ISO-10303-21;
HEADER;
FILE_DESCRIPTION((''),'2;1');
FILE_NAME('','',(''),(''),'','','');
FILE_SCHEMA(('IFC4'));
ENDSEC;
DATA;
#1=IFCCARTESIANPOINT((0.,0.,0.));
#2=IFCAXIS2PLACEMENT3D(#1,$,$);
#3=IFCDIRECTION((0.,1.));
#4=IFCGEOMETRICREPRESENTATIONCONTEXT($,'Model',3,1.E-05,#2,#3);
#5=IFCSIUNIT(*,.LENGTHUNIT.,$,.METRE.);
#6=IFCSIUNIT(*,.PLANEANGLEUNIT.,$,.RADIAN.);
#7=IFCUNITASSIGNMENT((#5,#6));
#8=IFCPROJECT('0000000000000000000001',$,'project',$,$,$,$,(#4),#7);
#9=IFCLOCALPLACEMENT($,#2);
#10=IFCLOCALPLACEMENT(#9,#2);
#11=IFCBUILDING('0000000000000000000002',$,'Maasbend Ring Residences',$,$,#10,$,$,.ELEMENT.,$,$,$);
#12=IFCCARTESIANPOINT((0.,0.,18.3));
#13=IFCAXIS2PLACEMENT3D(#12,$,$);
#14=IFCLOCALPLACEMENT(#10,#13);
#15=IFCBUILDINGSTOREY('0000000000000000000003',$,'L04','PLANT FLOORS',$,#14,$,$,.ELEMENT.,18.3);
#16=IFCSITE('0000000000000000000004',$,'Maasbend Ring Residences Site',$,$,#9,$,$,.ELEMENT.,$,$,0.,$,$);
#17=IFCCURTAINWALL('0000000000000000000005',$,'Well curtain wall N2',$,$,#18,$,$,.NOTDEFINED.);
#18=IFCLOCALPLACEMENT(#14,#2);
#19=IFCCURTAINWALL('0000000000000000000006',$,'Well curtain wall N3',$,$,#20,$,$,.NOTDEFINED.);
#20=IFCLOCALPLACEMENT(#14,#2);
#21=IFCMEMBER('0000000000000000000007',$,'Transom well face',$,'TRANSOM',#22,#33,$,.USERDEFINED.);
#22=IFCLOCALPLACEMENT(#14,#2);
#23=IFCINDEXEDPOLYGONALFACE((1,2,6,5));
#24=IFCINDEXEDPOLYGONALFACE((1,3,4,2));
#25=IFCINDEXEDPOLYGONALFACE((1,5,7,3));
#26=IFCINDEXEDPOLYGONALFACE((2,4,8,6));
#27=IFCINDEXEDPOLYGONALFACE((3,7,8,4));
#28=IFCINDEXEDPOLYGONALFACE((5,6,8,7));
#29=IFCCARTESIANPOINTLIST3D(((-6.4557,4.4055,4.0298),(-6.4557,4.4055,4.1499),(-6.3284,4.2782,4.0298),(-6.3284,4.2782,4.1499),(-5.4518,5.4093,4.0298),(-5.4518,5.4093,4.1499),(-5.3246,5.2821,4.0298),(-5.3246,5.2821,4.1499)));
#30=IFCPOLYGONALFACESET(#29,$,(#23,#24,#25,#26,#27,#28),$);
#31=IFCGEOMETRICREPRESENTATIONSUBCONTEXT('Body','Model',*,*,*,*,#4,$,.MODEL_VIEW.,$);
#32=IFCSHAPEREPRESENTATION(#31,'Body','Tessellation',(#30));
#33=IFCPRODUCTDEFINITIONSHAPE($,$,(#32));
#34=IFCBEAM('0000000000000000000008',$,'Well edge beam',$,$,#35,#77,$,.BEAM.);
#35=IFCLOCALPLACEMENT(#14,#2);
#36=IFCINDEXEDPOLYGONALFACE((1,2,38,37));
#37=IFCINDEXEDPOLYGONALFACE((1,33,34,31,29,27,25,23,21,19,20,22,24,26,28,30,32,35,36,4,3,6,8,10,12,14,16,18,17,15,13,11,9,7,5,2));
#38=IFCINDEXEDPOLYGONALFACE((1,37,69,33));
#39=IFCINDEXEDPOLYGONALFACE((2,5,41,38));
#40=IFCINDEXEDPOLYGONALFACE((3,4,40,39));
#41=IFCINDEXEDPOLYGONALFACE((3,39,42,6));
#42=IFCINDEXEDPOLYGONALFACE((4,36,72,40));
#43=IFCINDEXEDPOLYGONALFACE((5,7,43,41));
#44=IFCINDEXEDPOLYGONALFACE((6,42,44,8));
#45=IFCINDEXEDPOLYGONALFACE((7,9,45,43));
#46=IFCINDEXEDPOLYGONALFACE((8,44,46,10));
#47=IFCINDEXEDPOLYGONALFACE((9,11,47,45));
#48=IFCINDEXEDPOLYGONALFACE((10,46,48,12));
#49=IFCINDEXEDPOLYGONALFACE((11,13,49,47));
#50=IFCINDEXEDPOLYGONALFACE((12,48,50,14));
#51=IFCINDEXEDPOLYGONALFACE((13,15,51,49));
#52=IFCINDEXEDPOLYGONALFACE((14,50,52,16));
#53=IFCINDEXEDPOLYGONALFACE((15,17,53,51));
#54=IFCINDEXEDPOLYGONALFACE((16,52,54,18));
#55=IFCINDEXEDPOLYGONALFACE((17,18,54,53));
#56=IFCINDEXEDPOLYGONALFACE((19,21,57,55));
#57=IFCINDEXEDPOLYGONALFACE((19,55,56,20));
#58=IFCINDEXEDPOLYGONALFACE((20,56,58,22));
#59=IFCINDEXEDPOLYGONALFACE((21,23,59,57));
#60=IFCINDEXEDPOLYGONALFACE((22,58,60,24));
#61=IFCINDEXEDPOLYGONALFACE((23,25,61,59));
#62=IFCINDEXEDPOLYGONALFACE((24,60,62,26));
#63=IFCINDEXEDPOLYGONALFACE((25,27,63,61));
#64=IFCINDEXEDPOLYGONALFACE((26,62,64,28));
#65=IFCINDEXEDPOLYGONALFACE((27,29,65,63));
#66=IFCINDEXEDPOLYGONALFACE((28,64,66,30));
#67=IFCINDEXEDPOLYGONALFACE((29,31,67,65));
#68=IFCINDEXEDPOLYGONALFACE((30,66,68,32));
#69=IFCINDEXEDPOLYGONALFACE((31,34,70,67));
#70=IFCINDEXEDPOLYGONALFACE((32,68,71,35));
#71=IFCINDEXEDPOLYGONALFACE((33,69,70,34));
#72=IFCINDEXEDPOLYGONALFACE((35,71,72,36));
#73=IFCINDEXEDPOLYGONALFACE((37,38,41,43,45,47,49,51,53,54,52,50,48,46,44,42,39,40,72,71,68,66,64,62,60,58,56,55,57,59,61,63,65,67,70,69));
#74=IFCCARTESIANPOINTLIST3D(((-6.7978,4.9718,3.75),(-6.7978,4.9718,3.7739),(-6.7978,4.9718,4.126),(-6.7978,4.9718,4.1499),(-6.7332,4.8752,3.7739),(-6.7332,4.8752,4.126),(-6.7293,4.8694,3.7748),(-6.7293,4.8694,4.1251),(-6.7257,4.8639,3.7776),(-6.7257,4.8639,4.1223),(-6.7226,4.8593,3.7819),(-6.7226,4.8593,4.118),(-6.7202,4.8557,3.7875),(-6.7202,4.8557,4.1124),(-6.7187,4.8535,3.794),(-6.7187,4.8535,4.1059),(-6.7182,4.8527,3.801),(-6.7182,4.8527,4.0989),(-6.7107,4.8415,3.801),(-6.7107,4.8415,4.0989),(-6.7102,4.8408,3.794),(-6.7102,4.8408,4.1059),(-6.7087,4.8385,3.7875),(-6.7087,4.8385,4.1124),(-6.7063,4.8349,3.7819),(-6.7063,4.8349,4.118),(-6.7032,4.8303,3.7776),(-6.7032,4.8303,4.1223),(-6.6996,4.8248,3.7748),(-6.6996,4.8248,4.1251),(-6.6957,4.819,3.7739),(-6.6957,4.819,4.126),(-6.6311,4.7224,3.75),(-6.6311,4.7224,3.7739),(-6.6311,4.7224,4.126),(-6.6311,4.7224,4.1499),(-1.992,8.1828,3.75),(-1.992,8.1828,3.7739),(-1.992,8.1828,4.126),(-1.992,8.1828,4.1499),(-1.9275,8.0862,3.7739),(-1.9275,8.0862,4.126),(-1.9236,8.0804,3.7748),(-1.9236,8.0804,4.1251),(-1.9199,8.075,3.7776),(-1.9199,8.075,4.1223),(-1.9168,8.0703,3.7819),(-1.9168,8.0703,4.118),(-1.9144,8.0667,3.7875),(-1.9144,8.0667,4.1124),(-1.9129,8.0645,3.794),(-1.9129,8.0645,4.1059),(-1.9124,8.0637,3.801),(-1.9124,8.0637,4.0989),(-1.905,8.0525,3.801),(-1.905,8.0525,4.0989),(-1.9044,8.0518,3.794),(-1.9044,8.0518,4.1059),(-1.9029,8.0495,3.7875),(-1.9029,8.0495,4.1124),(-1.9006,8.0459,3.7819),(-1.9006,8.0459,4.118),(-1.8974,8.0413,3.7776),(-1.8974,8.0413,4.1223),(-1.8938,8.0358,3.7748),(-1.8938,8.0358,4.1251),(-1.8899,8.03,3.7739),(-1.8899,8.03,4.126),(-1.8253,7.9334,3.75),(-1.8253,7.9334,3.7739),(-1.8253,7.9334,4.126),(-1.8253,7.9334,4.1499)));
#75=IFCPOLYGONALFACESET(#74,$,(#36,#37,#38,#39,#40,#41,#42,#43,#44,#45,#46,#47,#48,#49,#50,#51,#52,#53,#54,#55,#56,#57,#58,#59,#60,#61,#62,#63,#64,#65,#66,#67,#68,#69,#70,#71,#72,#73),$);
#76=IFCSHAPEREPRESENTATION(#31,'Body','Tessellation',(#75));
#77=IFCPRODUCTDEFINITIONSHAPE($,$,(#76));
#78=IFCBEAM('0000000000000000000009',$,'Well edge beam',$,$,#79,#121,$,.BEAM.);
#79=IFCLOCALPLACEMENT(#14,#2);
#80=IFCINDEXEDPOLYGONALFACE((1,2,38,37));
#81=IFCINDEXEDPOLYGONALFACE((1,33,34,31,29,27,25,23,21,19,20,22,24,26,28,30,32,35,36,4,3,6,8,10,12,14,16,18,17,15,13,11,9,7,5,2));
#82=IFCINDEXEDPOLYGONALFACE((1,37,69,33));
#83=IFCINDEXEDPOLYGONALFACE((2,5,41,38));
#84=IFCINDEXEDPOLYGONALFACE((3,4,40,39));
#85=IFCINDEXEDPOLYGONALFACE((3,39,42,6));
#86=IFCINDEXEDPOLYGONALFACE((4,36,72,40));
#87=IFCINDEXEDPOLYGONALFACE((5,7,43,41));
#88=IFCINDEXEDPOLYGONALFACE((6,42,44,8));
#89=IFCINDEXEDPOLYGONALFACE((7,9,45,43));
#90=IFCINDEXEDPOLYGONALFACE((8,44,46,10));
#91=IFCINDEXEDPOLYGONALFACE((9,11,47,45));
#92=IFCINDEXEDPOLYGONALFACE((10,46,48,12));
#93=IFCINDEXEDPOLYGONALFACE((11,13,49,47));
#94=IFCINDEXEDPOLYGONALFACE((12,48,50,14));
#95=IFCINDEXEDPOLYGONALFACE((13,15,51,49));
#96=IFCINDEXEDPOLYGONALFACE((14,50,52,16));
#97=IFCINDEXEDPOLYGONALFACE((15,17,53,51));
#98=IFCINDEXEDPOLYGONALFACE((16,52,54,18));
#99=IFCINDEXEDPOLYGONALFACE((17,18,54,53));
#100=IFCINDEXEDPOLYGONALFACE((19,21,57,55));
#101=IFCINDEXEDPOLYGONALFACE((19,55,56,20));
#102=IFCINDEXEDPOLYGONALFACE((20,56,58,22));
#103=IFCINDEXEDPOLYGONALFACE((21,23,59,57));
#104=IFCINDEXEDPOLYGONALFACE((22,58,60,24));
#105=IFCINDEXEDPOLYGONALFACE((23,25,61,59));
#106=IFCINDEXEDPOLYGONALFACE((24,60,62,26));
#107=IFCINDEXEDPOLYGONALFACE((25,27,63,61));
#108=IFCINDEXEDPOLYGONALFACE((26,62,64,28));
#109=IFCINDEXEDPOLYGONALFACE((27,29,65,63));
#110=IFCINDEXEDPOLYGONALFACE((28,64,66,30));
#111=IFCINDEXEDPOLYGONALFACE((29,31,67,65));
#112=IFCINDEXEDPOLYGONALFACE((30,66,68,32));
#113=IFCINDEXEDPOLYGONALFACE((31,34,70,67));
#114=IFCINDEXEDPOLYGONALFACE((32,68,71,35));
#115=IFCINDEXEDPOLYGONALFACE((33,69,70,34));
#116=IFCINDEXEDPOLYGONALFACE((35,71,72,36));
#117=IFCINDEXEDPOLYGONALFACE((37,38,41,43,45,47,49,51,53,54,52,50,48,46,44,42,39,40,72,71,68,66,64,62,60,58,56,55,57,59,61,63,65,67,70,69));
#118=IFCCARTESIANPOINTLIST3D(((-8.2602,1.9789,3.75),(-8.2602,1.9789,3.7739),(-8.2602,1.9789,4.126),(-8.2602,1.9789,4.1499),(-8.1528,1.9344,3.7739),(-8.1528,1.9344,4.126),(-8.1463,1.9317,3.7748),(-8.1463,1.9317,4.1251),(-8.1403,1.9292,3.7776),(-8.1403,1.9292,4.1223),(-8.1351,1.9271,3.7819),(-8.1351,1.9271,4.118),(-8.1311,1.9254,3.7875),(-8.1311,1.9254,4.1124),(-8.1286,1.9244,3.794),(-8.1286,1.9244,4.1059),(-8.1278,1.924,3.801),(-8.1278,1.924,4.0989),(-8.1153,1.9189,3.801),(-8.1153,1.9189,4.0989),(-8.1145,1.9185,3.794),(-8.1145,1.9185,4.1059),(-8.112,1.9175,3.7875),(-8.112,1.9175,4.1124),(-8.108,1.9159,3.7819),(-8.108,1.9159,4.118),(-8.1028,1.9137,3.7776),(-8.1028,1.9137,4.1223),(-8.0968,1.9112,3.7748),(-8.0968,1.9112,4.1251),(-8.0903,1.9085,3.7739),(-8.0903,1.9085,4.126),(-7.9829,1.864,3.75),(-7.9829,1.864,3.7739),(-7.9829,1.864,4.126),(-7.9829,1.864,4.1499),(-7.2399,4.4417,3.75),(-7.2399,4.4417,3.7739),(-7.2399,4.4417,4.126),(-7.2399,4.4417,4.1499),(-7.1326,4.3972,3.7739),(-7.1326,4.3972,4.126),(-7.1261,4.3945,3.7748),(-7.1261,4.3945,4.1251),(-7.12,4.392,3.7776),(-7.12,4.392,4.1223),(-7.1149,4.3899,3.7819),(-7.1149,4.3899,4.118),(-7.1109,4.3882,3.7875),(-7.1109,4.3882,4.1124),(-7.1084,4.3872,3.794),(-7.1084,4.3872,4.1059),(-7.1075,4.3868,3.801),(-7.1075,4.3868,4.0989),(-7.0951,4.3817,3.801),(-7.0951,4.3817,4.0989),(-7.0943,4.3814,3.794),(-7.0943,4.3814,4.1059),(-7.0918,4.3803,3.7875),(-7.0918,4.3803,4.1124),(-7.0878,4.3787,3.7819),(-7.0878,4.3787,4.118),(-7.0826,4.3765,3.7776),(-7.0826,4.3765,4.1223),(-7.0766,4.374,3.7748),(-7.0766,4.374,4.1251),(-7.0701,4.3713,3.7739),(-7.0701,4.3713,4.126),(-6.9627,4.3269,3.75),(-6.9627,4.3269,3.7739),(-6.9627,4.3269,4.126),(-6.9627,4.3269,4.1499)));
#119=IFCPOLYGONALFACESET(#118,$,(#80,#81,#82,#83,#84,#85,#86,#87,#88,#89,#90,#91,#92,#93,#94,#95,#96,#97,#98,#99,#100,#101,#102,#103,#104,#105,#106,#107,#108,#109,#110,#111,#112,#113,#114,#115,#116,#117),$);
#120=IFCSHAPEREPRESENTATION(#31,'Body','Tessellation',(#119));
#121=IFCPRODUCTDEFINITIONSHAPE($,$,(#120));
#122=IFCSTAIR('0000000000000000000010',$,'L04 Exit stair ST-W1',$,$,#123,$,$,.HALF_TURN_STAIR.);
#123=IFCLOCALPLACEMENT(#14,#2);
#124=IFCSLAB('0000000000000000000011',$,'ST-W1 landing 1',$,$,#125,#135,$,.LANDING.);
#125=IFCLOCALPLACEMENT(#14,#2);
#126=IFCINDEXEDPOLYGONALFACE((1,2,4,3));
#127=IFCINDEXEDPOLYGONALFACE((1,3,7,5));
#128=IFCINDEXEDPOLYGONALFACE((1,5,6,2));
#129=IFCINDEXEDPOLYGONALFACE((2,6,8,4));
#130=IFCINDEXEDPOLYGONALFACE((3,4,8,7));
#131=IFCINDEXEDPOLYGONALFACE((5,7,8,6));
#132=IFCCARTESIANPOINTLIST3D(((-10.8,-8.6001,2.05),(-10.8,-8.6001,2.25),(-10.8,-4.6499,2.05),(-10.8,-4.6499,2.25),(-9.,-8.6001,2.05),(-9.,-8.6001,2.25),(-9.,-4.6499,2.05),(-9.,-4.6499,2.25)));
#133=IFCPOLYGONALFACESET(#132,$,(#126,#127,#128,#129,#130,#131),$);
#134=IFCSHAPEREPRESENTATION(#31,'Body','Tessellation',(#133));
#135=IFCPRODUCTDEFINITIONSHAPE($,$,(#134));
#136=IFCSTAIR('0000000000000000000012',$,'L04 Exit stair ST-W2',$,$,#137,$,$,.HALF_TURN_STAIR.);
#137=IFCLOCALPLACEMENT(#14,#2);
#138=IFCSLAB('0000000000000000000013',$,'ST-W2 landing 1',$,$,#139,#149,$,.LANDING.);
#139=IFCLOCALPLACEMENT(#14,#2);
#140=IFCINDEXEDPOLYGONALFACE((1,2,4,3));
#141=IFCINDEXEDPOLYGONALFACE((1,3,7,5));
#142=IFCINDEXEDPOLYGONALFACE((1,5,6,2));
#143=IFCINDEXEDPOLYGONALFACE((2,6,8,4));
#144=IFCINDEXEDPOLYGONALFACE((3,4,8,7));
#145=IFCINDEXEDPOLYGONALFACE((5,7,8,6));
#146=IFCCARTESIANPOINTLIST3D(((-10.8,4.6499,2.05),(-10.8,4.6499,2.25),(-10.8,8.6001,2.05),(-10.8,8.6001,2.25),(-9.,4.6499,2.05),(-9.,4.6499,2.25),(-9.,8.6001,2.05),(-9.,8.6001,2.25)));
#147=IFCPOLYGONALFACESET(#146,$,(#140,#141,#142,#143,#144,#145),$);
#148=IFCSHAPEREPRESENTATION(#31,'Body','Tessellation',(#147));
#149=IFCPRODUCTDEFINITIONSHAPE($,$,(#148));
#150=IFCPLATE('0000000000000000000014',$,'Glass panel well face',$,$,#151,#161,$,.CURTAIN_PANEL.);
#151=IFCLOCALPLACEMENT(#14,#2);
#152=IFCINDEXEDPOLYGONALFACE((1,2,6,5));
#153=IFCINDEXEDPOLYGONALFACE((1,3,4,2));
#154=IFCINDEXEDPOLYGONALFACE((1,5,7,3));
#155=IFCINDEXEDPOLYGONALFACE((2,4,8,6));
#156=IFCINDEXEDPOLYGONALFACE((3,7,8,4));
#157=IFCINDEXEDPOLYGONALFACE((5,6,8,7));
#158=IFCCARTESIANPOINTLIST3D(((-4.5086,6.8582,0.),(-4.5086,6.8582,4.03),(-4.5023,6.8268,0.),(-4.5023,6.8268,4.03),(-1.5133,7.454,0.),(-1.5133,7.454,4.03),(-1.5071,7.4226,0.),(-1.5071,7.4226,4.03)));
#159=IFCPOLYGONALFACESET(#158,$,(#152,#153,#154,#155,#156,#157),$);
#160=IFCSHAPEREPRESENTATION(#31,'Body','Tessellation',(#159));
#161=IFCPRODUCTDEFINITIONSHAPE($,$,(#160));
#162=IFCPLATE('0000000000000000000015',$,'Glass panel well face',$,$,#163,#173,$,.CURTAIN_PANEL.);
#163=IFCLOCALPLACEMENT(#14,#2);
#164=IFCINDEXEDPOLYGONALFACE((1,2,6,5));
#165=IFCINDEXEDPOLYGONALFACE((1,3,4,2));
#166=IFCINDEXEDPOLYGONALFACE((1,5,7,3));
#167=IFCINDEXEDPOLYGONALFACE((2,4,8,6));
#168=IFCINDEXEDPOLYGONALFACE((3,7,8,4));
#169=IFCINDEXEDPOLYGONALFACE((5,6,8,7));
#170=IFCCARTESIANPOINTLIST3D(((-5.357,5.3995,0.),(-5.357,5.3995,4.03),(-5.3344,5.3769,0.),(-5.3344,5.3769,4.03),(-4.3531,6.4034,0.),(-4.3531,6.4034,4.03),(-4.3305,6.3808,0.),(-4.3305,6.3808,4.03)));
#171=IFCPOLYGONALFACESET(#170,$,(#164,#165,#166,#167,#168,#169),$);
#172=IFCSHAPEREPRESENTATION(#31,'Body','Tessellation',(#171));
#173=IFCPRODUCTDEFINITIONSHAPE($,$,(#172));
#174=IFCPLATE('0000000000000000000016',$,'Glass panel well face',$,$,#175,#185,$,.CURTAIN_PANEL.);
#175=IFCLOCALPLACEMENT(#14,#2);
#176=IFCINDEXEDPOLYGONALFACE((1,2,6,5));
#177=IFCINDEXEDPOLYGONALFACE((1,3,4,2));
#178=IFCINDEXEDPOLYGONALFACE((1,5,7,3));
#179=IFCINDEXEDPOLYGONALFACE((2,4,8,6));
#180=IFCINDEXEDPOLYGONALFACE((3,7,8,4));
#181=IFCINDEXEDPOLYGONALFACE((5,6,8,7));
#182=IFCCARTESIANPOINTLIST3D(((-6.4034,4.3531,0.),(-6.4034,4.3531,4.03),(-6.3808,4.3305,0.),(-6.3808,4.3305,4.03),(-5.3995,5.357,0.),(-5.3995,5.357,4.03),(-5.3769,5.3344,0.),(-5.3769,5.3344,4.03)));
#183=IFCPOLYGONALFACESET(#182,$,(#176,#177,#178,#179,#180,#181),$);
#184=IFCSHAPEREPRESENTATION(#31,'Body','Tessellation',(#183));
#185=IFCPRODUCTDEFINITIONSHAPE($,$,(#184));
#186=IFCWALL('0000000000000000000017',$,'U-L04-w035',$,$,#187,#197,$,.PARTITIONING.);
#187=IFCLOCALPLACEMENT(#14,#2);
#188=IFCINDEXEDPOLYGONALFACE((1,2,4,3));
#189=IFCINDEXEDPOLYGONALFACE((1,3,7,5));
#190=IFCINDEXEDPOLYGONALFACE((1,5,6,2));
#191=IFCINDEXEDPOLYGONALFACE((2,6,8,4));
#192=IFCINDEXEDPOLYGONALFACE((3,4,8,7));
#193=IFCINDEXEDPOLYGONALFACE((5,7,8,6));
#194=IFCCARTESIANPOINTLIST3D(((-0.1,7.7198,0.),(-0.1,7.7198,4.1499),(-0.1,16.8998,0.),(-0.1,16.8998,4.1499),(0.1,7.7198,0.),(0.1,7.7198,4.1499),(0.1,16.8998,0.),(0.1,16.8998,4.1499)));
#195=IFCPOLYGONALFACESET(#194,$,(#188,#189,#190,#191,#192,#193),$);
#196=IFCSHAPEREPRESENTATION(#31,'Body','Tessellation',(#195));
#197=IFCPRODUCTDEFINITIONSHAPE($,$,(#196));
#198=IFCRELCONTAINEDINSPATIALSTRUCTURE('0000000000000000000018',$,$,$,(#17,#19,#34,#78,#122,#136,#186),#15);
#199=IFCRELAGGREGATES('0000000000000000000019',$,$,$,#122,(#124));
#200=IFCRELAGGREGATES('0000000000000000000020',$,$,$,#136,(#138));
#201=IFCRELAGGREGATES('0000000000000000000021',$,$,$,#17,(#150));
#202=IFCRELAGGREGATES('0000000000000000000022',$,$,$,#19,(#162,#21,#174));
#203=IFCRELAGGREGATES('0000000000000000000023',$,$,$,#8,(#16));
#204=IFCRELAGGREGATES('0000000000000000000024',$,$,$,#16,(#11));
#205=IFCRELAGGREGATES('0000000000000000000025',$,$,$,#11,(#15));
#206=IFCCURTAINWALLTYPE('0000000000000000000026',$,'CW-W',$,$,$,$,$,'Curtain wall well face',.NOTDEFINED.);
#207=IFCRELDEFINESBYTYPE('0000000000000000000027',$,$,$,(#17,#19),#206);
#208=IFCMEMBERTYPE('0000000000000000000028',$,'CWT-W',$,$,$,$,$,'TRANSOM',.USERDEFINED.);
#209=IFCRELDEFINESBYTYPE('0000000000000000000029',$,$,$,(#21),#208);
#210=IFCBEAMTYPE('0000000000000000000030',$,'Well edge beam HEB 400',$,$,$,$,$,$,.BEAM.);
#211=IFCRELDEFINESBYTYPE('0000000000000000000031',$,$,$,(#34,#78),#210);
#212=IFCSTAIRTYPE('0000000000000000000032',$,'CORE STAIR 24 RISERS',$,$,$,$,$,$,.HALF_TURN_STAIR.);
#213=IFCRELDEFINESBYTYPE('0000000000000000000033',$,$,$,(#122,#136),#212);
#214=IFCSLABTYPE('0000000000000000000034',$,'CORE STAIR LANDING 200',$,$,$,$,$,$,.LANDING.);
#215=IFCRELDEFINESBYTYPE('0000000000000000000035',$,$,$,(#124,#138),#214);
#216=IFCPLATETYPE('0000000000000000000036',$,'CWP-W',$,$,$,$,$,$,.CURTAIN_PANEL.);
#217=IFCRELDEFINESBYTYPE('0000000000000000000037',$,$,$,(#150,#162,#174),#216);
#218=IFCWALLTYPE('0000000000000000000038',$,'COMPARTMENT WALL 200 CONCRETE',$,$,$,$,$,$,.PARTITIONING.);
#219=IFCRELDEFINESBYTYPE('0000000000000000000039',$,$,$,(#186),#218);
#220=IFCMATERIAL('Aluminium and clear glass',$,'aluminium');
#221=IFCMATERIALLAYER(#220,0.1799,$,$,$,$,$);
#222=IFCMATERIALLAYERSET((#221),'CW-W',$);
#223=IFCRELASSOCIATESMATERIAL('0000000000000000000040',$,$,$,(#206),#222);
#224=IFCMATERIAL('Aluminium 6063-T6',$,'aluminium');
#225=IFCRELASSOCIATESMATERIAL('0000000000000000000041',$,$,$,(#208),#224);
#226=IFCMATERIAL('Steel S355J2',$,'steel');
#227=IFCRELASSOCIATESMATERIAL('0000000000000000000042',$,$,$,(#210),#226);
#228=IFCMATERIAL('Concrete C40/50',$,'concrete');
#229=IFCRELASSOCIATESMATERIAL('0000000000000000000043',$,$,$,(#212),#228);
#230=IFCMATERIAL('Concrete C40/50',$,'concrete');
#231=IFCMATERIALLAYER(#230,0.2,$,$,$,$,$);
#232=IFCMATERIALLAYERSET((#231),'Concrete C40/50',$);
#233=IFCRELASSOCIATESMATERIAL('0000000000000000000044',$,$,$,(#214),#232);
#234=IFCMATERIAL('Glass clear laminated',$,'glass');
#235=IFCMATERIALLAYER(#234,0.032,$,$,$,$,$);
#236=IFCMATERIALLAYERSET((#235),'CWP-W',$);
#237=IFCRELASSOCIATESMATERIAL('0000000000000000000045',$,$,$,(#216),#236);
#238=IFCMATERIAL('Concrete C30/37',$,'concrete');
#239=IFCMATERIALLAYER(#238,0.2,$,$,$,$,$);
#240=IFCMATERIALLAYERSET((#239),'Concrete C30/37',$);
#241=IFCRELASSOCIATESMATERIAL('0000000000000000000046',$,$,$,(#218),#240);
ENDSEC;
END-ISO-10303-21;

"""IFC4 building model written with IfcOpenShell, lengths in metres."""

from ifc_helpers import new_model, si_unit, direction, frame, frame_2d, origin, origin_2d, place, context, subcontext, project, spatial, polyline, rectangle, i_section, outline, extrude, material, layer, layer_set, material_profile, profile_set, type_object, element, aggregate, save


model = new_model("IFC4")

# Units and contexts
model_context = context("Model", 3, precision=1e-05, world=origin(), true_north=direction((0.0, 1.0)))
body_context = subcontext(model_context, "Body", "Model", "MODEL_VIEW")
ifc_project = project(units=[si_unit("LENGTHUNIT", "METRE"), si_unit("PLANEANGLEUNIT", "RADIAN")], contexts=[model_context])

# Site, building, storey
site_placement = place(None, origin())
site = spatial("IfcSite", under=ifc_project, at=site_placement, Name="Maasbend Ring Residences Site", CompositionType="ELEMENT", RefElevation=0.0)
building_placement = place(site_placement, origin())
building = spatial("IfcBuilding", under=site, at=building_placement, Name="Maasbend Ring Residences", CompositionType="ELEMENT")
storey_placement = place(building_placement, frame((0.0, 0.0, 18.3)))
storey = spatial("IfcBuildingStorey", under=building, at=storey_placement, Name="L04", Description="PLANT FLOORS", CompositionType="ELEMENT", Elevation=18.3)

# Curtain walls
ifc_material_1 = material(Name="Aluminium and clear glass", Category="aluminium")
ifc_layer_1 = layer(ifc_material_1, 0.1799)
ifc_layer_set_1 = layer_set([ifc_layer_1], Name="CW-W")
curtain_wall_type = type_object("IfcCurtainWallType", Name="CW-W", ElementType="Curtain wall well face", PredefinedType="NOTDEFINED", material=ifc_layer_set_1)
curtain_wall_1_placement = place(storey_placement, origin())
curtain_wall_1 = element("IfcCurtainWall", 1, at=curtain_wall_1_placement, inside=storey, type_object=curtain_wall_type, Name="Well curtain wall N2", PredefinedType="NOTDEFINED")
curtain_wall_2_placement = place(storey_placement, origin())
curtain_wall_2 = element("IfcCurtainWall", 2, at=curtain_wall_2_placement, inside=storey, type_object=curtain_wall_type, Name="Well curtain wall N3", PredefinedType="NOTDEFINED")

# Member
ifc_material_2 = material(Name="Aluminium 6063-T6", Category="aluminium")
ifc_material_profile_1 = material_profile(ifc_material_2, rectangle(XDim=0.1799, YDim=0.1201, at=origin_2d()), Name="AL 180x120")
ifc_profile_set_1 = profile_set([ifc_material_profile_1], Name="Aluminium 6063-T6")
member_type_1 = type_object("IfcMemberType", Name="CWT-W", ElementType="TRANSOM", PredefinedType="USERDEFINED", material=ifc_profile_set_1)
member_1_placement = place(storey_placement, frame((-5.3882, 5.3457, 4.0898), z_axis=(-0.707107, -0.707107, 0.0), x_axis=(0.707107, -0.707107, 0.0)))
member_1 = element("IfcMember", 3, at=member_1_placement, type_object=member_type_1, Name="Transom well face", ObjectType="TRANSOM", PredefinedType="USERDEFINED", context=body_context, shape_type="SweptSolid", body=[
    extrude(rectangle(XDim=0.1799, YDim=0.1201, at=origin_2d()), origin(), (0.0, 0.0, 1.0), 1.4197),
])

# Beams
ifc_material_3 = material(Name="Steel S355J2", Category="steel")
ifc_material_profile_2 = material_profile(ifc_material_3, i_section(OverallWidth=0.3, OverallDepth=0.3999, WebThickness=0.0134, FlangeThickness=0.0239, FilletRadius=0.0271, at=origin_2d()), Name="HEB 400")
ifc_profile_set_2 = profile_set([ifc_material_profile_2], Name="Steel S355J2")
beam_type = type_object("IfcBeamType", Name="Well edge beam HEB 400", PredefinedType="BEAM", material=ifc_profile_set_2)
beam_1_placement = place(storey_placement, frame((-1.9087, 8.0581, 3.95), z_axis=(-0.831478, -0.555558, 0.0), x_axis=(0.555558, -0.831478, 0.0)))
element("IfcBeam", 4, at=beam_1_placement, inside=storey, type_object=beam_type, Name="Well edge beam", PredefinedType="BEAM", context=body_context, shape_type="SweptSolid", body=[
    extrude(i_section(OverallWidth=0.3, OverallDepth=0.3999, WebThickness=0.0134, FlangeThickness=0.0239, FilletRadius=0.0271, at=origin_2d()), origin(), (0.0, 0.0, 1.0), 5.7798),
])
beam_2_placement = place(storey_placement, frame((-7.1013, 4.3843, 3.95), z_axis=(-0.382716, -0.923866, 0.0), x_axis=(0.923866, -0.382716, 0.0)))
element("IfcBeam", 5, at=beam_2_placement, inside=storey, type_object=beam_type, Name="Well edge beam", PredefinedType="BEAM", context=body_context, shape_type="SweptSolid", body=[
    extrude(i_section(OverallWidth=0.3, OverallDepth=0.3999, WebThickness=0.0134, FlangeThickness=0.0239, FilletRadius=0.0271, at=origin_2d()), origin(), (0.0, 0.0, 1.0), 2.6658),
])

# Stairs, slabs
ifc_material_4 = material(Name="Concrete C40/50", Category="concrete")
stair_type = type_object("IfcStairType", Name="CORE STAIR 24 RISERS", PredefinedType="HALF_TURN_STAIR", material=ifc_material_4)
stair_1_placement = place(storey_placement, origin())
stair_1 = element("IfcStair", 6, at=stair_1_placement, inside=storey, type_object=stair_type, Name="L04 Exit stair ST-W1", PredefinedType="HALF_TURN_STAIR")
ifc_material_5 = material(Name="Concrete C40/50", Category="concrete")
ifc_layer_2 = layer(ifc_material_5, 0.2)
ifc_layer_set_2 = layer_set([ifc_layer_2], Name="Concrete C40/50")
slab_type = type_object("IfcSlabType", Name="CORE STAIR LANDING 200", PredefinedType="LANDING", material=ifc_layer_set_2)
slab_1_placement = place(storey_placement, frame((0.0, 0.0, 2.05)))
slab_1 = element("IfcSlab", 7, at=slab_1_placement, type_object=slab_type, Name="ST-W1 landing 1", PredefinedType="LANDING", context=body_context, shape_type="SweptSolid", body=[
    extrude(outline(polyline([(-10.8, -8.6001), (-9.0, -8.6001), (-9.0, -4.6499), (-10.8, -4.6499), (-10.8, -8.6001)])), origin(), (0.0, 0.0, 1.0), 0.2),
])
aggregate(stair_1, [slab_1])
stair_2_placement = place(storey_placement, origin())
stair_2 = element("IfcStair", 8, at=stair_2_placement, inside=storey, type_object=stair_type, Name="L04 Exit stair ST-W2", PredefinedType="HALF_TURN_STAIR")
slab_2_placement = place(storey_placement, frame((0.0, 0.0, 2.05)))
slab_2 = element("IfcSlab", 9, at=slab_2_placement, type_object=slab_type, Name="ST-W2 landing 1", PredefinedType="LANDING", context=body_context, shape_type="SweptSolid", body=[
    extrude(outline(polyline([(-10.8, 4.6499), (-9.0, 4.6499), (-9.0, 8.6001), (-10.8, 8.6001), (-10.8, 4.6499)])), origin(), (0.0, 0.0, 1.0), 0.2),
])
aggregate(stair_2, [slab_2])

# Plates
ifc_material_6 = material(Name="Glass clear laminated", Category="glass")
ifc_layer_3 = layer(ifc_material_6, 0.032)
ifc_layer_set_3 = layer_set([ifc_layer_3], Name="CWP-W")
plate_type = type_object("IfcPlateType", Name="CWP-W", PredefinedType="CURTAIN_PANEL", material=ifc_layer_set_3)
plate_1_placement = place(storey_placement, frame((-3.0078, 7.1404, 0.0), z_axis=(0.0, 0.0, 1.0), x_axis=(-0.980785, -0.19509, 0.0)))
plate_1 = element("IfcPlate", 10, at=plate_1_placement, type_object=plate_type, Name="Glass panel well face", PredefinedType="CURTAIN_PANEL", context=body_context, shape_type="SweptSolid", body=[
    extrude(rectangle(XDim=3.054, YDim=0.032, at=origin_2d()), origin(), (0.0, 0.0, 1.0), 4.03),
])
aggregate(curtain_wall_1, [plate_1])
plate_2_placement = place(storey_placement, frame((-4.8438, 5.8901, 0.0), z_axis=(0.0, 0.0, 1.0), x_axis=(-0.707107, -0.707107, 0.0)))
plate_2 = element("IfcPlate", 11, at=plate_2_placement, type_object=plate_type, Name="Glass panel well face", PredefinedType="CURTAIN_PANEL", context=body_context, shape_type="SweptSolid", body=[
    extrude(rectangle(XDim=1.4197, YDim=0.032, at=origin_2d()), origin(), (0.0, 0.0, 1.0), 4.03),
])
plate_3_placement = place(storey_placement, frame((-5.8901, 4.8438, 0.0), z_axis=(0.0, 0.0, 1.0), x_axis=(-0.707107, -0.707107, 0.0)))
plate_3 = element("IfcPlate", 12, at=plate_3_placement, type_object=plate_type, Name="Glass panel well face", PredefinedType="CURTAIN_PANEL", context=body_context, shape_type="SweptSolid", body=[
    extrude(rectangle(XDim=1.4197, YDim=0.032, at=origin_2d()), origin(), (0.0, 0.0, 1.0), 4.03),
])
aggregate(curtain_wall_2, [plate_2, member_1, plate_3])

# Wall
ifc_material_7 = material(Name="Concrete C30/37", Category="concrete")
ifc_layer_4 = layer(ifc_material_7, 0.2)
ifc_layer_set_4 = layer_set([ifc_layer_4], Name="Concrete C30/37")
wall_type_1 = type_object("IfcWallType", Name="COMPARTMENT WALL 200 CONCRETE", PredefinedType="PARTITIONING", material=ifc_layer_set_4)
wall_1_placement = place(storey_placement, frame((0.0, 7.72, 0.0), z_axis=(0.0, 0.0, 1.0), x_axis=(0.0, 1.0, 0.0)))
element("IfcWall", 13, at=wall_1_placement, inside=storey, type_object=wall_type_1, Name="U-L04-w035", PredefinedType="PARTITIONING", context=body_context, shape_type="SweptSolid", body=[
    extrude(rectangle(XDim=9.1799, YDim=0.2, at=frame_2d((4.5898, 0.0))), origin(), (0.0, 0.0, 1.0), 4.1499),
])

save(model, "model.ifc")
